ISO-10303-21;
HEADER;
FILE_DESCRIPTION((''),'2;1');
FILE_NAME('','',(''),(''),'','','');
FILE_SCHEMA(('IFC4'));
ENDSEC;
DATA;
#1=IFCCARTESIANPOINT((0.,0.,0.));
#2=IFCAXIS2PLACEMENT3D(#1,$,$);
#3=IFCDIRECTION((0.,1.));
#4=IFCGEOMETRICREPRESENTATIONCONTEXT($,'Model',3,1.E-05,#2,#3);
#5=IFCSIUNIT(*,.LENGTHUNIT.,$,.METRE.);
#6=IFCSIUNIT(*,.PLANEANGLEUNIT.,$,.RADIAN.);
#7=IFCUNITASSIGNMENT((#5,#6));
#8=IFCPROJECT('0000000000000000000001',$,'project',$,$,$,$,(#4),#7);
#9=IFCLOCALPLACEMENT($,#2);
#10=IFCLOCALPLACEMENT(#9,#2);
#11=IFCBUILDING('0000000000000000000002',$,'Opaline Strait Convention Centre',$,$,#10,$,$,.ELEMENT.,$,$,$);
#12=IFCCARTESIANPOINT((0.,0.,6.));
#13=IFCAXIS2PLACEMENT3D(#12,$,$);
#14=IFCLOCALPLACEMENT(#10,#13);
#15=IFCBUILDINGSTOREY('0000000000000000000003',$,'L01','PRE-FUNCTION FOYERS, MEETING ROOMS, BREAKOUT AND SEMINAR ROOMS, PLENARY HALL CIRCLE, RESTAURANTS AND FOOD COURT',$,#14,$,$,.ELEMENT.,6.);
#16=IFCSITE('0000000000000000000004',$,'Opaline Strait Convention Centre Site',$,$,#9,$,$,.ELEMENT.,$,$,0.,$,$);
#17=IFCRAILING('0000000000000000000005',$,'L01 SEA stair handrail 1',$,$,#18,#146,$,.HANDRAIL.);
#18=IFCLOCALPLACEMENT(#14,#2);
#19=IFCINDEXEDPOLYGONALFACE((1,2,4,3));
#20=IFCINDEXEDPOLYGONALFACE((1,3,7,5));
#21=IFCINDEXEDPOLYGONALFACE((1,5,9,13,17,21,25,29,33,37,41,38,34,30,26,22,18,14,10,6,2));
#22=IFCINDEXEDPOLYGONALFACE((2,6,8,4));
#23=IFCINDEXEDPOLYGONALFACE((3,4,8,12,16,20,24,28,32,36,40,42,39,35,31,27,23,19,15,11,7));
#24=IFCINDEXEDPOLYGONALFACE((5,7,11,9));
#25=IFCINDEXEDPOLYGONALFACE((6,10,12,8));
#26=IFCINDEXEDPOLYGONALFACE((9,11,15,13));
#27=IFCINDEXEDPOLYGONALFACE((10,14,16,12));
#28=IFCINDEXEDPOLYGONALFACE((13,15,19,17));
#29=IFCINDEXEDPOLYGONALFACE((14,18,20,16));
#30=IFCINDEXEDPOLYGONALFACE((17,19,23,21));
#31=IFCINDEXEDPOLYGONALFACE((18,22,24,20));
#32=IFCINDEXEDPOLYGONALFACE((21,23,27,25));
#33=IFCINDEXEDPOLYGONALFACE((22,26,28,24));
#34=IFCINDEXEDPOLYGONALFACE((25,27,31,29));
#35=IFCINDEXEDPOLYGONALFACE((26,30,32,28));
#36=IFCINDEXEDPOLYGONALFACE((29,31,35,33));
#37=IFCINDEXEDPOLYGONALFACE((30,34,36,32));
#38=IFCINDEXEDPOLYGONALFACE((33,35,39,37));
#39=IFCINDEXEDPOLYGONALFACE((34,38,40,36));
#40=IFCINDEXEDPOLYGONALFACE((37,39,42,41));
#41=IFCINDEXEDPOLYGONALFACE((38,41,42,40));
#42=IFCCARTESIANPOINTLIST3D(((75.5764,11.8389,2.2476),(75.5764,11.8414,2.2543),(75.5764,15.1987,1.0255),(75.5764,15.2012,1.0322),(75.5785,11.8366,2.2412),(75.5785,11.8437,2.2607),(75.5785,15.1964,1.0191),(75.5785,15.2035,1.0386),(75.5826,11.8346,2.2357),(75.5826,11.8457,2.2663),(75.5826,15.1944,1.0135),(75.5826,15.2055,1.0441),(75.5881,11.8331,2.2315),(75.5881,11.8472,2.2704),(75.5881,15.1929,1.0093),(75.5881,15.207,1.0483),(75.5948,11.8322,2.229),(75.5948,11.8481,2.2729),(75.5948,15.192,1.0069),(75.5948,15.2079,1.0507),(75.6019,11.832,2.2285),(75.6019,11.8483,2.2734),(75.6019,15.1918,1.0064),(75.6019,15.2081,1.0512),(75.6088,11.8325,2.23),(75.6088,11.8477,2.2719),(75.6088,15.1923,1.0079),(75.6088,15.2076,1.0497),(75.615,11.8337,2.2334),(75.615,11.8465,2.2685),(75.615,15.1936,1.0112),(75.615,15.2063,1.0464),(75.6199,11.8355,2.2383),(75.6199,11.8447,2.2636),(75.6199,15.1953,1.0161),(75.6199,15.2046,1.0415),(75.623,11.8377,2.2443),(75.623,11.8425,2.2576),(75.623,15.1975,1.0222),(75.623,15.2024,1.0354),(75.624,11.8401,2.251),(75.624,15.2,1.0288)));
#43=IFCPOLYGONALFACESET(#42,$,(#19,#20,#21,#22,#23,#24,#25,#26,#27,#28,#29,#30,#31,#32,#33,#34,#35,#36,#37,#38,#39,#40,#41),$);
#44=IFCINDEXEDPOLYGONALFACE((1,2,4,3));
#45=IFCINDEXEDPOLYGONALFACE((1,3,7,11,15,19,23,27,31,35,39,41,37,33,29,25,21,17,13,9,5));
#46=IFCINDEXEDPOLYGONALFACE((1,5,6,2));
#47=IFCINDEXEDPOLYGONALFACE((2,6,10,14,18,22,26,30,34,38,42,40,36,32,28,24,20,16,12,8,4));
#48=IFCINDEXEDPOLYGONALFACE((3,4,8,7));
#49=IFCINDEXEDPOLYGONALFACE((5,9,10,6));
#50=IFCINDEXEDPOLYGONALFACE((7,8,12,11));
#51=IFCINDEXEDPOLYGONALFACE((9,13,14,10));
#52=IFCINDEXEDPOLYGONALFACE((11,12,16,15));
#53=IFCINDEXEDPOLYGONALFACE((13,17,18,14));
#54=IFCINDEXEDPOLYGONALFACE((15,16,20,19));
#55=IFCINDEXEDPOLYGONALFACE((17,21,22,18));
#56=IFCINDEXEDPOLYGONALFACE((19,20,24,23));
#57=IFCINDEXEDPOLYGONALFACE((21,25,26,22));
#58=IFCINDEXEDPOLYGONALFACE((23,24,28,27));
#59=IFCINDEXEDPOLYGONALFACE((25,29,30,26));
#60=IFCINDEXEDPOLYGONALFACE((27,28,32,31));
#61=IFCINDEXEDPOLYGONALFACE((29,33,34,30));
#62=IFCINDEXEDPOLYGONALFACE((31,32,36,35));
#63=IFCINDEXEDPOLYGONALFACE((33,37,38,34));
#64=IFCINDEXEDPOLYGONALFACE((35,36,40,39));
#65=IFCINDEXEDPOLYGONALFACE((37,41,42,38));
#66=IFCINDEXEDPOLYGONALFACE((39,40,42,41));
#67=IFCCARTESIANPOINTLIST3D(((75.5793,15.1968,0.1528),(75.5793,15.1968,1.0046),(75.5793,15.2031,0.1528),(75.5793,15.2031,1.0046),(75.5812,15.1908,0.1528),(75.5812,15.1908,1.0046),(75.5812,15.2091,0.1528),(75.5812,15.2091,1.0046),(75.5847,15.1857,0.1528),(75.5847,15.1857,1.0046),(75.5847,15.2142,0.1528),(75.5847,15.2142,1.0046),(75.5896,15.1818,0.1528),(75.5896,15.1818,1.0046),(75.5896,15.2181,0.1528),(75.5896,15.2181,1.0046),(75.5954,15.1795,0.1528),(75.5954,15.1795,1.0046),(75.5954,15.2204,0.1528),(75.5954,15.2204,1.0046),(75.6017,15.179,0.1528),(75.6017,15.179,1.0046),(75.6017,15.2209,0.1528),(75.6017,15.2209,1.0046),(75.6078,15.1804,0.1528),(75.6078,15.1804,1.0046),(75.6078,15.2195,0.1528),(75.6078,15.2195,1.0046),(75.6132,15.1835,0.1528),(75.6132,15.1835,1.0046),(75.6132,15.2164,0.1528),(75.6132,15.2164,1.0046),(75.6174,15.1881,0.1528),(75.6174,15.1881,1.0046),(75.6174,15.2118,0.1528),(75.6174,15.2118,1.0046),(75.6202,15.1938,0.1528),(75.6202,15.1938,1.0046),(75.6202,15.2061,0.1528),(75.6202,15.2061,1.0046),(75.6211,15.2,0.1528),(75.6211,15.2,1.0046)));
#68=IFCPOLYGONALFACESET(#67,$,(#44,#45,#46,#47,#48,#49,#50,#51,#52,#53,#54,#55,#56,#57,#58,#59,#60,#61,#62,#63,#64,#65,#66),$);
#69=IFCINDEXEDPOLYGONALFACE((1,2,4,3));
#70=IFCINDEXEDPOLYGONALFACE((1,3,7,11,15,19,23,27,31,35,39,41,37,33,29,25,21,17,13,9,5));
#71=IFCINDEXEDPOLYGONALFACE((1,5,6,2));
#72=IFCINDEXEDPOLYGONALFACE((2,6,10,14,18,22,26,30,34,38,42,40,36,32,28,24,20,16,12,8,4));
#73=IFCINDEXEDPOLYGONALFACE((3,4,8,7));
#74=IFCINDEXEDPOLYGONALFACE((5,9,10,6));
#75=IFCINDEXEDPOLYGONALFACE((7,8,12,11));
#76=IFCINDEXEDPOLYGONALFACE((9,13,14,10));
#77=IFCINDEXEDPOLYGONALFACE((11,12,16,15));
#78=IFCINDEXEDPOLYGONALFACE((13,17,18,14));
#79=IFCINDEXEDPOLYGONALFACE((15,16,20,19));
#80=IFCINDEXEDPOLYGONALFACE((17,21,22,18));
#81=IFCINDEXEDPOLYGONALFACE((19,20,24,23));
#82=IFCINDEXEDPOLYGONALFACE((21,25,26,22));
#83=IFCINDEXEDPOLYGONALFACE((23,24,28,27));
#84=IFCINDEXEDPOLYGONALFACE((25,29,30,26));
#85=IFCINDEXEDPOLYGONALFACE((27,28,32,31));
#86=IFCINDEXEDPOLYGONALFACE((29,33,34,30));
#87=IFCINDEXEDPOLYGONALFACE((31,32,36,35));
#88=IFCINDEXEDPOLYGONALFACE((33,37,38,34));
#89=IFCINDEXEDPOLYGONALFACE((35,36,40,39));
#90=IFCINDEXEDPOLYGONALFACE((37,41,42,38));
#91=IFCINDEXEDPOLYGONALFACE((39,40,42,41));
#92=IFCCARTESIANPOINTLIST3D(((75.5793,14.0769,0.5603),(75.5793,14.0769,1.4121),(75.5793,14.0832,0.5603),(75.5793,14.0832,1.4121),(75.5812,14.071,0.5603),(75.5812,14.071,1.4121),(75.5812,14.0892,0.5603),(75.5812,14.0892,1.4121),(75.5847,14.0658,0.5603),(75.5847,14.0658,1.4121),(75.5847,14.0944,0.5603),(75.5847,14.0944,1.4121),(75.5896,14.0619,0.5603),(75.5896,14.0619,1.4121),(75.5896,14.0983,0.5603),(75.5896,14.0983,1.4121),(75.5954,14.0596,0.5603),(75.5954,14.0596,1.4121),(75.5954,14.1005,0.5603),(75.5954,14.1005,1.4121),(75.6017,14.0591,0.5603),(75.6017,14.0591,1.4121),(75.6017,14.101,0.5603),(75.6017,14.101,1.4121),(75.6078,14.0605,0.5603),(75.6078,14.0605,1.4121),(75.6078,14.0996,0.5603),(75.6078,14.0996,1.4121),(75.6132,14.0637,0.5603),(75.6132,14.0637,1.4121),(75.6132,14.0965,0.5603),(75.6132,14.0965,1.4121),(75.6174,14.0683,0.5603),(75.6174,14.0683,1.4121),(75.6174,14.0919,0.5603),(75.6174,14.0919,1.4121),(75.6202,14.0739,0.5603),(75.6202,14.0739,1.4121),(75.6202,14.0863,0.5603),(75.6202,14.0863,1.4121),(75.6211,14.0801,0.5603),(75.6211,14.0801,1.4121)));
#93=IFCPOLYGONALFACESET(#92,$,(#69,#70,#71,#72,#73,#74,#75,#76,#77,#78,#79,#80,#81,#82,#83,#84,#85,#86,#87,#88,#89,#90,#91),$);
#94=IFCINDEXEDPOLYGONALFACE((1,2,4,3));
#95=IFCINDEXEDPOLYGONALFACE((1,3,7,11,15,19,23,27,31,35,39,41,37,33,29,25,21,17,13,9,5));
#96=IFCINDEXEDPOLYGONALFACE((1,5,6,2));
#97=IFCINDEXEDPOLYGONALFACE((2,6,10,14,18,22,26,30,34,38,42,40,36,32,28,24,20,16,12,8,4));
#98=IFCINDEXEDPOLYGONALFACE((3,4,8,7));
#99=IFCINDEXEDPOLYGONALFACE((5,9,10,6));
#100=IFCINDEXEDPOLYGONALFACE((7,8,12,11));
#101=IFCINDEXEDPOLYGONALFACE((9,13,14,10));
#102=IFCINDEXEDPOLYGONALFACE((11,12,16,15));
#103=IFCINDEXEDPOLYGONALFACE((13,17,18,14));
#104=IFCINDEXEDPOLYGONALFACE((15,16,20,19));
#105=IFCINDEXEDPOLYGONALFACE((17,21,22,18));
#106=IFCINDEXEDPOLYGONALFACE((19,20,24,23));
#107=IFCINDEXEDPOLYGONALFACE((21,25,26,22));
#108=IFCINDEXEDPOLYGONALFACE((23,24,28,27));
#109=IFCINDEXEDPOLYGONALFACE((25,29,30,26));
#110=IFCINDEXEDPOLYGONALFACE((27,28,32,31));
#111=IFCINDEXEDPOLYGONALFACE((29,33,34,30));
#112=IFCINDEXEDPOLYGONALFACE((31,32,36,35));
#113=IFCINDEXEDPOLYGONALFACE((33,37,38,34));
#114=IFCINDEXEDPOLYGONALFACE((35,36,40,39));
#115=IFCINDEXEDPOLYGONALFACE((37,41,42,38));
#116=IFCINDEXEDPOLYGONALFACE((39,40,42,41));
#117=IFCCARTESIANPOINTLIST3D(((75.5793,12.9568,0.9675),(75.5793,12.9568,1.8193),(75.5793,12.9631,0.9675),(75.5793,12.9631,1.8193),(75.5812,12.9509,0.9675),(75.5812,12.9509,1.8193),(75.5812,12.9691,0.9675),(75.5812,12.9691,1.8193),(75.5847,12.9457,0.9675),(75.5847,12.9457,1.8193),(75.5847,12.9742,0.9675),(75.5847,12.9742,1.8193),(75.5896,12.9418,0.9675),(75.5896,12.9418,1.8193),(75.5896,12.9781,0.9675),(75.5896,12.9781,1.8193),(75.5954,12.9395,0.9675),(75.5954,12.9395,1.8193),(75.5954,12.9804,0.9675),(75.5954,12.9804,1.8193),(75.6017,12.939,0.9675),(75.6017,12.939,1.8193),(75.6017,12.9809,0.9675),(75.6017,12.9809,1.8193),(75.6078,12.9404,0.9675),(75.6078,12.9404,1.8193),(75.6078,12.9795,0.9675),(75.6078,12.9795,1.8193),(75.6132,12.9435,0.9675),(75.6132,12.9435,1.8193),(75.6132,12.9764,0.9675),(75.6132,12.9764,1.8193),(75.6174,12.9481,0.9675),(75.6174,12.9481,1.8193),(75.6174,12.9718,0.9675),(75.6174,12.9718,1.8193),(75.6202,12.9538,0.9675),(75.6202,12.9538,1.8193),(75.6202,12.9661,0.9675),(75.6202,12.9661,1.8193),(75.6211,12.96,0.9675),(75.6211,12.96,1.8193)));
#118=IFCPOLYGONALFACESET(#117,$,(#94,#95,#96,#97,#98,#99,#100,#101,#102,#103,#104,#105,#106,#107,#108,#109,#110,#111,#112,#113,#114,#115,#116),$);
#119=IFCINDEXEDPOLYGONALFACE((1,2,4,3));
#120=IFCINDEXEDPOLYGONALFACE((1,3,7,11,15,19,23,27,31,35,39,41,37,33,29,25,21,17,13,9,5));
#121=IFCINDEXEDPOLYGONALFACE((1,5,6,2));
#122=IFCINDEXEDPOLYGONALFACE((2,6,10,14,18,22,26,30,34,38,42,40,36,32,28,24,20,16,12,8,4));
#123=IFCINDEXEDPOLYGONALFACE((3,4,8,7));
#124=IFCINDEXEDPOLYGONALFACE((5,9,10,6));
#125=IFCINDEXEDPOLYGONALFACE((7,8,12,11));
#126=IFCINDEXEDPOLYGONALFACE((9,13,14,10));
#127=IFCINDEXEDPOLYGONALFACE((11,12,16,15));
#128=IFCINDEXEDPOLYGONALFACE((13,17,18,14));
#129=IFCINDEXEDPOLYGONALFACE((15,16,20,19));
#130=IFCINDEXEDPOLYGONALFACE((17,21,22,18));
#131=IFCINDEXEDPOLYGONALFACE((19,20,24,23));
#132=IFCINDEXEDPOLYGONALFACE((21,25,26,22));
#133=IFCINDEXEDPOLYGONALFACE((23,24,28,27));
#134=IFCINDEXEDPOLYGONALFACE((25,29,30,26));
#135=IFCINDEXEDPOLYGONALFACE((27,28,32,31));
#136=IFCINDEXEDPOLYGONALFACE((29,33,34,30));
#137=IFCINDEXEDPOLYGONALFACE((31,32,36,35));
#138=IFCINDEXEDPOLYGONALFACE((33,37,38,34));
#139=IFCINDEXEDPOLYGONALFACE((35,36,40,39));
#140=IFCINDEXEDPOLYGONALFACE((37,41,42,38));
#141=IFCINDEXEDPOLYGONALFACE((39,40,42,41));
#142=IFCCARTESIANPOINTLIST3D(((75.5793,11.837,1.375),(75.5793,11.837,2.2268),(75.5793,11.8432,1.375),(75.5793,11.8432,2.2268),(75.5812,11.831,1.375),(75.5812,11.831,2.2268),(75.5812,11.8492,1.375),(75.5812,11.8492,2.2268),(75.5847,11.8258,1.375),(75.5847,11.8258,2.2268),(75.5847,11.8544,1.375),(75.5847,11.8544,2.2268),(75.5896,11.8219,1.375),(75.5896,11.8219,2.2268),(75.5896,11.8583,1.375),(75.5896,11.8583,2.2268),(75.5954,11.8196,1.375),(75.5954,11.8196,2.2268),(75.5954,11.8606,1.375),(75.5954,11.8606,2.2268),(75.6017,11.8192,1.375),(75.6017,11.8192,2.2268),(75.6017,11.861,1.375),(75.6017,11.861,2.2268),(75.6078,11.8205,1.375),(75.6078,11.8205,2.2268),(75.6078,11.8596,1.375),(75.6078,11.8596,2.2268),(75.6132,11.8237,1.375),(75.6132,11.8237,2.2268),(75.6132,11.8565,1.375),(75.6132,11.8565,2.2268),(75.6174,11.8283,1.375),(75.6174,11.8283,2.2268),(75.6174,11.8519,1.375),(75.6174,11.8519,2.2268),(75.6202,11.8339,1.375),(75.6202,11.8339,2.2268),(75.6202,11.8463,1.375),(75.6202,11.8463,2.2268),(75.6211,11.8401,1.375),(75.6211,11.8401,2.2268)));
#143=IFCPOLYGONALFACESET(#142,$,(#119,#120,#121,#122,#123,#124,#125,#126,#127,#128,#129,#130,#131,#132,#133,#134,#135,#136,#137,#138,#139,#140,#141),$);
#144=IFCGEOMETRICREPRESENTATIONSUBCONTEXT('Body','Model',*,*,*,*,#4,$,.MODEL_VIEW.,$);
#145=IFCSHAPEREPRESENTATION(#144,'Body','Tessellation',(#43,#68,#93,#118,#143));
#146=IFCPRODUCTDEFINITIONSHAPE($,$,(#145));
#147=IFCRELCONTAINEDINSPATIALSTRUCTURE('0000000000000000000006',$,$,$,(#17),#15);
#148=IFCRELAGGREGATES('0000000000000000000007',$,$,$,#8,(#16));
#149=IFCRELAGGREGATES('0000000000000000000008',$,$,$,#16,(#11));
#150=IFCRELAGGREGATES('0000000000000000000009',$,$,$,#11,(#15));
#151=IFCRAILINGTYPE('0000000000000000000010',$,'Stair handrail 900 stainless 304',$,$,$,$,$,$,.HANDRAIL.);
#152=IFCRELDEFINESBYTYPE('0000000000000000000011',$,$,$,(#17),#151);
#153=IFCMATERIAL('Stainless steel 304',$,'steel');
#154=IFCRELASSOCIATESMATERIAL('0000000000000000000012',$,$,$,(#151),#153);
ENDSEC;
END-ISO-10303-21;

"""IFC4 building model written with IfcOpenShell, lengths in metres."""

from ifc_helpers import new_model, si_unit, direction, frame, origin, origin_2d, place, context, subcontext, project, spatial, circle, extrude, material, type_object, element, save


model = new_model("IFC4")

# Units and contexts
model_context = context("Model", 3, precision=1e-05, world=origin(), true_north=direction((0.0, 1.0)))
body_context = subcontext(model_context, "Body", "Model", "MODEL_VIEW")
ifc_project = project(units=[si_unit("LENGTHUNIT", "METRE"), si_unit("PLANEANGLEUNIT", "RADIAN")], contexts=[model_context])

# Site, building, storey
site_placement = place(None, origin())
site = spatial("IfcSite", under=ifc_project, at=site_placement, Name="Opaline Strait Convention Centre Site", CompositionType="ELEMENT", RefElevation=0.0)
building_placement = place(site_placement, origin())
building = spatial("IfcBuilding", under=site, at=building_placement, Name="Opaline Strait Convention Centre", CompositionType="ELEMENT")
storey_placement = place(building_placement, frame((0.0, 0.0, 6.0)))
storey = spatial("IfcBuildingStorey", under=building, at=storey_placement, Name="L01", Description="PRE-FUNCTION FOYERS, MEETING ROOMS, BREAKOUT AND SEMINAR ROOMS, PLENARY HALL CIRCLE, RESTAURANTS AND FOOD COURT", CompositionType="ELEMENT", Elevation=6.0)

# Railing
ifc_material_1 = material(Name="Stainless steel 304", Category="steel")
railing_type_1 = type_object("IfcRailingType", Name="Stair handrail 900 stainless 304", PredefinedType="HANDRAIL", material=ifc_material_1)
railing_1_placement = place(storey_placement, frame((75.6001, 15.2, 0.1528)))
element("IfcRailing", 1, at=railing_1_placement, inside=storey, type_object=railing_type_1, Name="L01 SEA stair handrail 1", PredefinedType="HANDRAIL", context=body_context, shape_type="SweptSolid", body=[
    extrude(circle(Radius=0.0239, at=origin_2d()), frame((0.0, 0.0, 0.876), z_axis=(0.0, -0.939758, 0.341842), x_axis=(1.0, 0.0, 0.0)), (0.0, 0.0, 1.0), 3.5752),
    extrude(circle(Radius=0.021, at=origin_2d()), origin(), (0.0, 0.0, 1.0), 0.8518),
    extrude(circle(Radius=0.021, at=origin_2d()), frame((0.0, -1.1199, 0.4075)), (0.0, 0.0, 1.0), 0.8518),
    extrude(circle(Radius=0.021, at=origin_2d()), frame((0.0, -2.24, 0.8147)), (0.0, 0.0, 1.0), 0.8518),
    extrude(circle(Radius=0.021, at=origin_2d()), frame((0.0, -3.3599, 1.2222)), (0.0, 0.0, 1.0), 0.8518),
])

save(model, "model.ifc")
